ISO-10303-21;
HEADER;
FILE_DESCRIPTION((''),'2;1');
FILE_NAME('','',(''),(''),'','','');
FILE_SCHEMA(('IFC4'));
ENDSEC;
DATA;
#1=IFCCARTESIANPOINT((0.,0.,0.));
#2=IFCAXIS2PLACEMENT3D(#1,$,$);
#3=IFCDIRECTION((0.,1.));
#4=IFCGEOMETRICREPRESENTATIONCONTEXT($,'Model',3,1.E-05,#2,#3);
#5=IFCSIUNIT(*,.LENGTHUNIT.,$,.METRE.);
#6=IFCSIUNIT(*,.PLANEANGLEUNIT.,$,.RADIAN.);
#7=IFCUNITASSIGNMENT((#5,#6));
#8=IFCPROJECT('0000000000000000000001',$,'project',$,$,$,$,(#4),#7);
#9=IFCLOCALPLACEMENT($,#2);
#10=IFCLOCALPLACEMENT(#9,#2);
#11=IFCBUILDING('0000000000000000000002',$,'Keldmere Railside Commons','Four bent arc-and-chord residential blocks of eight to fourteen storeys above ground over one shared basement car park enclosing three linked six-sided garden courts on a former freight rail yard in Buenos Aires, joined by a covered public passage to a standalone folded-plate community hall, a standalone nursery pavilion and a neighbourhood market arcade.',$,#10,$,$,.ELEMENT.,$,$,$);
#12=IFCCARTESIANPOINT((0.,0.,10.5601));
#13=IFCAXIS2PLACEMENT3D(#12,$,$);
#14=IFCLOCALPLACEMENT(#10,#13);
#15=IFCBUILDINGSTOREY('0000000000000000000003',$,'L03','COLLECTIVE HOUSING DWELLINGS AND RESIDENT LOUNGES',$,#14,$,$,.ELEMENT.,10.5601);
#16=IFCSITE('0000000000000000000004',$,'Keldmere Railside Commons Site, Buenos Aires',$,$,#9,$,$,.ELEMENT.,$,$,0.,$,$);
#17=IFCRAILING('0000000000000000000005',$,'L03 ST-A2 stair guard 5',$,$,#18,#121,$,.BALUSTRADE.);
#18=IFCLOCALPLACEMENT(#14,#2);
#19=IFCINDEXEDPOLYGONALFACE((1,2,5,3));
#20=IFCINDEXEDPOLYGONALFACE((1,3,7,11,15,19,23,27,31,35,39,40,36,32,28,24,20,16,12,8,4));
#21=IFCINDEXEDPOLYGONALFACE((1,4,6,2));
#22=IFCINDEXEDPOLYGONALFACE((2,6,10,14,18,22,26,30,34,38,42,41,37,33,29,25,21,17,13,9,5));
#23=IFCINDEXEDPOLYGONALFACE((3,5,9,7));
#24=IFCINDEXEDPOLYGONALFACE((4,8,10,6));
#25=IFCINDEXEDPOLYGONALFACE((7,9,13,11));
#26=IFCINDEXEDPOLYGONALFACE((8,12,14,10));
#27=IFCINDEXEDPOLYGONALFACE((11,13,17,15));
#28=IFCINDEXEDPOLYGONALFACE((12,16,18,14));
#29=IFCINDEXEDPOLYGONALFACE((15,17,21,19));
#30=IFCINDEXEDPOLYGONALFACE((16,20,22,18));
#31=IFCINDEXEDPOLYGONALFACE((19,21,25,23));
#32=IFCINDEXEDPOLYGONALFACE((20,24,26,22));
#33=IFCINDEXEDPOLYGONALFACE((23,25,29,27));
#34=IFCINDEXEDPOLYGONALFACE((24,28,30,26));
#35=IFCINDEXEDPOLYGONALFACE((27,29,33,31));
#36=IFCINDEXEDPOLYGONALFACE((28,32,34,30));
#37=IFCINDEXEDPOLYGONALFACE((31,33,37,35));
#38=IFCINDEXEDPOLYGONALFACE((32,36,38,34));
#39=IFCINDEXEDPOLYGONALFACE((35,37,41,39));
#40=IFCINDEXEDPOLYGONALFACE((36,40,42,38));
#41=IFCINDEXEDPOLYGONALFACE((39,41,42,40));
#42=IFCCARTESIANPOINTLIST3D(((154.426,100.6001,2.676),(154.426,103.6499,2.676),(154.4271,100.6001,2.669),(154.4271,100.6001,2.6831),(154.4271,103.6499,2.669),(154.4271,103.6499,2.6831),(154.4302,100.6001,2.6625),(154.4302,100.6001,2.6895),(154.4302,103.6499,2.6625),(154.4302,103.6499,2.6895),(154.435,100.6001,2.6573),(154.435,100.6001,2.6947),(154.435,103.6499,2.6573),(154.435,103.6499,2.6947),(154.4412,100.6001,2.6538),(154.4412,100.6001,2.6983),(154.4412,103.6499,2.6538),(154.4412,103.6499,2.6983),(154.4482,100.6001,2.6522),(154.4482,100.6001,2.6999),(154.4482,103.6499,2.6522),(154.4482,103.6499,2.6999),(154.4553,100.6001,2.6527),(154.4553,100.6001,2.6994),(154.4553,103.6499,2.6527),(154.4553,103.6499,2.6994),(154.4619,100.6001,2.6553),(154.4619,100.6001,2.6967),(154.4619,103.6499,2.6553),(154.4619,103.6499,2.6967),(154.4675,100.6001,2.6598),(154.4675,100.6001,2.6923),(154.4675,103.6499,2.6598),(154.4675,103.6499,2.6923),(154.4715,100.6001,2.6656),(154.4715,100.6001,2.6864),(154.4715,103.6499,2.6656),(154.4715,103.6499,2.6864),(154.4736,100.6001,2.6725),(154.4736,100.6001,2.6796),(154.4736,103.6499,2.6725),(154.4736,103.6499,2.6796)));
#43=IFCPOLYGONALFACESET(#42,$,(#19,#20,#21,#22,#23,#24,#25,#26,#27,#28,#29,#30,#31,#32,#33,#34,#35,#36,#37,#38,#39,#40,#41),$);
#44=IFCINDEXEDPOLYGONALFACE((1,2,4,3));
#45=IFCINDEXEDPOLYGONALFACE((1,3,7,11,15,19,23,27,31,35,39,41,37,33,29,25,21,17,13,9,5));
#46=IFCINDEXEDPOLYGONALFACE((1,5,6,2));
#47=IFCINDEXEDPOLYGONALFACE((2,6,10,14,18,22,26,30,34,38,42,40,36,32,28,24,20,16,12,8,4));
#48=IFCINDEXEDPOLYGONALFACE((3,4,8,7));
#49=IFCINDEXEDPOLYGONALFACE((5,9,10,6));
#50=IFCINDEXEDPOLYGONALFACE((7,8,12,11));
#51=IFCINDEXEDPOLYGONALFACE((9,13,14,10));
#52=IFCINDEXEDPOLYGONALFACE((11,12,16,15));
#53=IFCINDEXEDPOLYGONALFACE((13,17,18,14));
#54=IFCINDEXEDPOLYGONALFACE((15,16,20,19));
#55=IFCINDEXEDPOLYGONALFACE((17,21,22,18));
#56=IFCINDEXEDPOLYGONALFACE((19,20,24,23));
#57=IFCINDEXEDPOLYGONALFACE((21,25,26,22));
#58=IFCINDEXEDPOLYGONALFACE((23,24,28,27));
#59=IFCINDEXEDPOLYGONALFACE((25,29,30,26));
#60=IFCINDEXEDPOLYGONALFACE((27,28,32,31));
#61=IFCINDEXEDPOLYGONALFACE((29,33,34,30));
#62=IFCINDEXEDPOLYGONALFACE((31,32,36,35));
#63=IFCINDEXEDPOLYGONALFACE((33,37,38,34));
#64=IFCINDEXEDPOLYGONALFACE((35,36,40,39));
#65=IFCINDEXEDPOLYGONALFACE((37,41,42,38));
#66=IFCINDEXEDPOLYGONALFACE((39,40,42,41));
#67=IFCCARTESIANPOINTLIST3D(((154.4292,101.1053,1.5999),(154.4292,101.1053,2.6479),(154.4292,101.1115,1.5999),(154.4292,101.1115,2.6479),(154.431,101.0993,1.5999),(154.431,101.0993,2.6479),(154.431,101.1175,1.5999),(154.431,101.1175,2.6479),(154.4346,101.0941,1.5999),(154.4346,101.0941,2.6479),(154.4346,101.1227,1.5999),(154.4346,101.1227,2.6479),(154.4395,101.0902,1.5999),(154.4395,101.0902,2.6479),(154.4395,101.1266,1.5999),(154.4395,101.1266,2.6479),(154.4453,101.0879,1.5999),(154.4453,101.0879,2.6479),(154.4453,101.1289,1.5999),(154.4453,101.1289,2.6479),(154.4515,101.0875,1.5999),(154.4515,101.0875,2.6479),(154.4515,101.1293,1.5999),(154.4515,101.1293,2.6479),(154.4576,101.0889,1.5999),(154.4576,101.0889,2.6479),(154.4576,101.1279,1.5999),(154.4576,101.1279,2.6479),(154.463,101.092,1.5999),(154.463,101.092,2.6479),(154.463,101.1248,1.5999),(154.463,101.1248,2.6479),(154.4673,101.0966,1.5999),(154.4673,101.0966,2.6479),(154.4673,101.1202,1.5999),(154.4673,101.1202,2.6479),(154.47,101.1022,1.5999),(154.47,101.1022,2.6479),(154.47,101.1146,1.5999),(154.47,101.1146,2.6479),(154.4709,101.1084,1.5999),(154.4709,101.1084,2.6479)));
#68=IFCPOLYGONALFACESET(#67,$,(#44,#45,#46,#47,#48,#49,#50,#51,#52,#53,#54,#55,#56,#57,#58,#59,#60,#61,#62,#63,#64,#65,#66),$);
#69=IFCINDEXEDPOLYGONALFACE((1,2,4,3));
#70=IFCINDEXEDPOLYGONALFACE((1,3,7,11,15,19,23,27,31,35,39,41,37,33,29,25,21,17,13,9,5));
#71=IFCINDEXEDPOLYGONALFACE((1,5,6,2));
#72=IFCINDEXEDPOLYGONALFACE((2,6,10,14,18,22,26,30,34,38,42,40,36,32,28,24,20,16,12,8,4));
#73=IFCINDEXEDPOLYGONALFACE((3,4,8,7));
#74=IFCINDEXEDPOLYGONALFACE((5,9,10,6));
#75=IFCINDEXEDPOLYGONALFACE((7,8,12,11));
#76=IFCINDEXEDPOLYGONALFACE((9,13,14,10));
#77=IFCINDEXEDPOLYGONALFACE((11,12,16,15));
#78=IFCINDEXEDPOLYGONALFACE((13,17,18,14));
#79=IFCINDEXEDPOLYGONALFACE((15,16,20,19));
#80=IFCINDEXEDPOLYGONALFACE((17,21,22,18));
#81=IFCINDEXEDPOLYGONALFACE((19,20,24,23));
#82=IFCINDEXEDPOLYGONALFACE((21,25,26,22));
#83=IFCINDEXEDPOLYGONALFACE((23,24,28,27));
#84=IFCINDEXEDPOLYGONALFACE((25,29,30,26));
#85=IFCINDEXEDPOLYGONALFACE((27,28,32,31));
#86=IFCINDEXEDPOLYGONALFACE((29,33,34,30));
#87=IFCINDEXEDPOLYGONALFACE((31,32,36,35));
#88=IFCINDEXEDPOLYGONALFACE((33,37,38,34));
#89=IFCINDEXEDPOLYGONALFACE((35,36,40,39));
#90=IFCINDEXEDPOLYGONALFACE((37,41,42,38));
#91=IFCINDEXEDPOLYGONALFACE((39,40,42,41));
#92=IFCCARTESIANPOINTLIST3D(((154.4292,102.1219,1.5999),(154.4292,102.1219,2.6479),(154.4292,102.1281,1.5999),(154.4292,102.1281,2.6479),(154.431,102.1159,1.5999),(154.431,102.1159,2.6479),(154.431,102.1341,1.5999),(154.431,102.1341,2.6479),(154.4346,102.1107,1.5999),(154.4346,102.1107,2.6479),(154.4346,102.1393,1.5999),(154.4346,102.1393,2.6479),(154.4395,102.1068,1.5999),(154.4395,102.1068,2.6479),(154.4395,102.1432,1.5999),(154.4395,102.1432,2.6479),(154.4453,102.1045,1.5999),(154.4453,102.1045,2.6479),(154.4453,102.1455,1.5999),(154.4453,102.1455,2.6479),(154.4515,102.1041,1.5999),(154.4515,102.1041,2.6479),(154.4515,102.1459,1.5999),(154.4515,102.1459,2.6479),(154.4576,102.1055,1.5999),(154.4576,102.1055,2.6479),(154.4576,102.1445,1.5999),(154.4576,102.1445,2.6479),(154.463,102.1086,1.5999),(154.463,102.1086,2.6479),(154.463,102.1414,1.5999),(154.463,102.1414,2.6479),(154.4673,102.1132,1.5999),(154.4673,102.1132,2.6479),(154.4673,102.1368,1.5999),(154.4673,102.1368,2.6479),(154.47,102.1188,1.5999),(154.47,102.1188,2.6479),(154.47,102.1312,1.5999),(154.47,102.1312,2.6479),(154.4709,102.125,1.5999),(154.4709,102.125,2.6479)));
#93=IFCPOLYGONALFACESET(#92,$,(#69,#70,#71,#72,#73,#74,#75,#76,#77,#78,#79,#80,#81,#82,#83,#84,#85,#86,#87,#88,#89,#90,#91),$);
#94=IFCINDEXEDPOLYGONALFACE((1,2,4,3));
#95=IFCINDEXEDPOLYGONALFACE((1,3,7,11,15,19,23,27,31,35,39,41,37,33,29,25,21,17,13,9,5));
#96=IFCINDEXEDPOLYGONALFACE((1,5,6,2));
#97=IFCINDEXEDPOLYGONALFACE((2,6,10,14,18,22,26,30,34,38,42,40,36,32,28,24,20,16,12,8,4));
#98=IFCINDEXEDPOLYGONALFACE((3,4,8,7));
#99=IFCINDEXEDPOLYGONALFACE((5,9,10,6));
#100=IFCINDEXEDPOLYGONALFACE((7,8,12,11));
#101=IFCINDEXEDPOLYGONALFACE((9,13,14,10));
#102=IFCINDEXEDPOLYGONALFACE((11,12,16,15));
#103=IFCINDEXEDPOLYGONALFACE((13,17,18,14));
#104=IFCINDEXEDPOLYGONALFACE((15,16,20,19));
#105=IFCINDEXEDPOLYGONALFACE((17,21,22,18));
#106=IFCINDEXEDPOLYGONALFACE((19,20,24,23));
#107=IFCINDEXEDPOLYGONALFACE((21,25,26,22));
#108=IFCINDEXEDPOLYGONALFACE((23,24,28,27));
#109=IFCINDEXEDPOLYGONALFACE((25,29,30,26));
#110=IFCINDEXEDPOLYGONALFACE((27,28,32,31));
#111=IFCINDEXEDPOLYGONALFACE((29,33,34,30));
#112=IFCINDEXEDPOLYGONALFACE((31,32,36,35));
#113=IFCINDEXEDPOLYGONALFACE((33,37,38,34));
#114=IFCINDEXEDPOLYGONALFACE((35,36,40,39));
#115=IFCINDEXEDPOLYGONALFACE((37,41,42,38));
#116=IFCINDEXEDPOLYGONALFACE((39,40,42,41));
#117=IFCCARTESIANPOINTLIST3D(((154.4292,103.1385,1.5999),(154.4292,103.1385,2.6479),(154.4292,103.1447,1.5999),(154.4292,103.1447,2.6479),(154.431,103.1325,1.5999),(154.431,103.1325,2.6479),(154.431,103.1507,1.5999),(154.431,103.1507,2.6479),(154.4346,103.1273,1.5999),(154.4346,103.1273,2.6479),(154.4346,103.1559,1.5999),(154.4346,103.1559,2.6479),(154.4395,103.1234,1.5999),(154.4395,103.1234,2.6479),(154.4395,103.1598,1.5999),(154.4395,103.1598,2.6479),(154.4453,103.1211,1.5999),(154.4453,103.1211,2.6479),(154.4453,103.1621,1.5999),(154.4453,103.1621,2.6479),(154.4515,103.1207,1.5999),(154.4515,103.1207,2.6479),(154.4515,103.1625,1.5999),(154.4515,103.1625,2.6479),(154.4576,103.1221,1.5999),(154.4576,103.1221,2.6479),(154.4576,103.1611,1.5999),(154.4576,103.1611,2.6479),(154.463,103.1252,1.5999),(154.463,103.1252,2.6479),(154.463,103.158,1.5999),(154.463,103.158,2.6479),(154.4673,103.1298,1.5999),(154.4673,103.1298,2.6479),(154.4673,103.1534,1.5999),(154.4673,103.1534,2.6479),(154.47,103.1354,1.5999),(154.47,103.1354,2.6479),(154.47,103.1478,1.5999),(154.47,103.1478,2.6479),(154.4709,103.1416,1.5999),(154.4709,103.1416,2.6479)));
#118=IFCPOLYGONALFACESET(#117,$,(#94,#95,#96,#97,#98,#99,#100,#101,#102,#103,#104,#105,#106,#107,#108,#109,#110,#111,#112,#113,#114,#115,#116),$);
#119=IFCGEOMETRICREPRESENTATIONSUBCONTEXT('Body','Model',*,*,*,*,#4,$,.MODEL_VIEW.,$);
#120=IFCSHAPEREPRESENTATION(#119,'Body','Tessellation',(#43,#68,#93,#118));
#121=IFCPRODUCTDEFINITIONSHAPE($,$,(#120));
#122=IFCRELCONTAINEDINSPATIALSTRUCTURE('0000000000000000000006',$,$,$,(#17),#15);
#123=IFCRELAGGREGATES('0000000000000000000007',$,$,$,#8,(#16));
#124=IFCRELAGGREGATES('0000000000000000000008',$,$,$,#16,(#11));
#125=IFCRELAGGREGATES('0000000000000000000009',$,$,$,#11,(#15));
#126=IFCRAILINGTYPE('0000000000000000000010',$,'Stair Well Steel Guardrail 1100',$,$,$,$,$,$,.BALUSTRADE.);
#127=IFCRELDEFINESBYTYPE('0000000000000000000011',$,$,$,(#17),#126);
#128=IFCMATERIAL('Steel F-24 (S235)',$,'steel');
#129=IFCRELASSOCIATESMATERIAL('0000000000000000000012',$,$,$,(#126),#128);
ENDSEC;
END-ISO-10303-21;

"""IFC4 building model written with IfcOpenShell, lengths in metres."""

from ifc_helpers import new_model, si_unit, direction, frame, origin, origin_2d, place, context, subcontext, project, spatial, circle, extrude, material, type_object, element, save


model = new_model("IFC4")

# Units and contexts
model_context = context("Model", 3, precision=1e-05, world=origin(), true_north=direction((0.0, 1.0)))
body_context = subcontext(model_context, "Body", "Model", "MODEL_VIEW")
ifc_project = project(units=[si_unit("LENGTHUNIT", "METRE"), si_unit("PLANEANGLEUNIT", "RADIAN")], contexts=[model_context])

# Site, building, storey
site_placement = place(None, origin())
site = spatial("IfcSite", under=ifc_project, at=site_placement, Name="Keldmere Railside Commons Site, Buenos Aires", CompositionType="ELEMENT", RefElevation=0.0)
building_placement = place(site_placement, origin())
building = spatial("IfcBuilding", under=site, at=building_placement, Name="Keldmere Railside Commons", Description="Four bent arc-and-chord residential blocks of eight to fourteen storeys above ground over one shared basement car park enclosing three linked six-sided garden courts on a former freight rail yard in Buenos Aires, joined by a covered public passage to a standalone folded-plate community hall, a standalone nursery pavilion and a neighbourhood market arcade.", CompositionType="ELEMENT")
storey_placement = place(building_placement, frame((0.0, 0.0, 10.5601)))
storey = spatial("IfcBuildingStorey", under=building, at=storey_placement, Name="L03", Description="COLLECTIVE HOUSING DWELLINGS AND RESIDENT LOUNGES", CompositionType="ELEMENT", Elevation=10.5601)

# Railing
ifc_material_1 = material(Name="Steel F-24 (S235)", Category="steel")
railing_type_1 = type_object("IfcRailingType", Name="Stair Well Steel Guardrail 1100", PredefinedType="BALUSTRADE", material=ifc_material_1)
railing_1_placement = place(storey_placement, frame((154.45, 100.6001, 1.5999)))
element("IfcRailing", 1, at=railing_1_placement, inside=storey, type_object=railing_type_1, Name="L03 ST-A2 stair guard 5", PredefinedType="BALUSTRADE", context=body_context, shape_type="SweptSolid", body=[
    extrude(circle(Radius=0.0239, at=origin_2d()), frame((0.0, 0.0, 1.0762), z_axis=(0.0, 1.0, 0.0), x_axis=(-1.0, 0.0, 0.0)), (0.0, 0.0, 1.0), 3.0498),
    extrude(circle(Radius=0.021, at=origin_2d()), frame((0.0, 0.5083, 0.0)), (0.0, 0.0, 1.0), 1.0481),
    extrude(circle(Radius=0.021, at=origin_2d()), frame((0.0, 1.5249, 0.0)), (0.0, 0.0, 1.0), 1.0481),
    extrude(circle(Radius=0.021, at=origin_2d()), frame((0.0, 2.5415, 0.0)), (0.0, 0.0, 1.0), 1.0481),
])

save(model, "model.ifc")
